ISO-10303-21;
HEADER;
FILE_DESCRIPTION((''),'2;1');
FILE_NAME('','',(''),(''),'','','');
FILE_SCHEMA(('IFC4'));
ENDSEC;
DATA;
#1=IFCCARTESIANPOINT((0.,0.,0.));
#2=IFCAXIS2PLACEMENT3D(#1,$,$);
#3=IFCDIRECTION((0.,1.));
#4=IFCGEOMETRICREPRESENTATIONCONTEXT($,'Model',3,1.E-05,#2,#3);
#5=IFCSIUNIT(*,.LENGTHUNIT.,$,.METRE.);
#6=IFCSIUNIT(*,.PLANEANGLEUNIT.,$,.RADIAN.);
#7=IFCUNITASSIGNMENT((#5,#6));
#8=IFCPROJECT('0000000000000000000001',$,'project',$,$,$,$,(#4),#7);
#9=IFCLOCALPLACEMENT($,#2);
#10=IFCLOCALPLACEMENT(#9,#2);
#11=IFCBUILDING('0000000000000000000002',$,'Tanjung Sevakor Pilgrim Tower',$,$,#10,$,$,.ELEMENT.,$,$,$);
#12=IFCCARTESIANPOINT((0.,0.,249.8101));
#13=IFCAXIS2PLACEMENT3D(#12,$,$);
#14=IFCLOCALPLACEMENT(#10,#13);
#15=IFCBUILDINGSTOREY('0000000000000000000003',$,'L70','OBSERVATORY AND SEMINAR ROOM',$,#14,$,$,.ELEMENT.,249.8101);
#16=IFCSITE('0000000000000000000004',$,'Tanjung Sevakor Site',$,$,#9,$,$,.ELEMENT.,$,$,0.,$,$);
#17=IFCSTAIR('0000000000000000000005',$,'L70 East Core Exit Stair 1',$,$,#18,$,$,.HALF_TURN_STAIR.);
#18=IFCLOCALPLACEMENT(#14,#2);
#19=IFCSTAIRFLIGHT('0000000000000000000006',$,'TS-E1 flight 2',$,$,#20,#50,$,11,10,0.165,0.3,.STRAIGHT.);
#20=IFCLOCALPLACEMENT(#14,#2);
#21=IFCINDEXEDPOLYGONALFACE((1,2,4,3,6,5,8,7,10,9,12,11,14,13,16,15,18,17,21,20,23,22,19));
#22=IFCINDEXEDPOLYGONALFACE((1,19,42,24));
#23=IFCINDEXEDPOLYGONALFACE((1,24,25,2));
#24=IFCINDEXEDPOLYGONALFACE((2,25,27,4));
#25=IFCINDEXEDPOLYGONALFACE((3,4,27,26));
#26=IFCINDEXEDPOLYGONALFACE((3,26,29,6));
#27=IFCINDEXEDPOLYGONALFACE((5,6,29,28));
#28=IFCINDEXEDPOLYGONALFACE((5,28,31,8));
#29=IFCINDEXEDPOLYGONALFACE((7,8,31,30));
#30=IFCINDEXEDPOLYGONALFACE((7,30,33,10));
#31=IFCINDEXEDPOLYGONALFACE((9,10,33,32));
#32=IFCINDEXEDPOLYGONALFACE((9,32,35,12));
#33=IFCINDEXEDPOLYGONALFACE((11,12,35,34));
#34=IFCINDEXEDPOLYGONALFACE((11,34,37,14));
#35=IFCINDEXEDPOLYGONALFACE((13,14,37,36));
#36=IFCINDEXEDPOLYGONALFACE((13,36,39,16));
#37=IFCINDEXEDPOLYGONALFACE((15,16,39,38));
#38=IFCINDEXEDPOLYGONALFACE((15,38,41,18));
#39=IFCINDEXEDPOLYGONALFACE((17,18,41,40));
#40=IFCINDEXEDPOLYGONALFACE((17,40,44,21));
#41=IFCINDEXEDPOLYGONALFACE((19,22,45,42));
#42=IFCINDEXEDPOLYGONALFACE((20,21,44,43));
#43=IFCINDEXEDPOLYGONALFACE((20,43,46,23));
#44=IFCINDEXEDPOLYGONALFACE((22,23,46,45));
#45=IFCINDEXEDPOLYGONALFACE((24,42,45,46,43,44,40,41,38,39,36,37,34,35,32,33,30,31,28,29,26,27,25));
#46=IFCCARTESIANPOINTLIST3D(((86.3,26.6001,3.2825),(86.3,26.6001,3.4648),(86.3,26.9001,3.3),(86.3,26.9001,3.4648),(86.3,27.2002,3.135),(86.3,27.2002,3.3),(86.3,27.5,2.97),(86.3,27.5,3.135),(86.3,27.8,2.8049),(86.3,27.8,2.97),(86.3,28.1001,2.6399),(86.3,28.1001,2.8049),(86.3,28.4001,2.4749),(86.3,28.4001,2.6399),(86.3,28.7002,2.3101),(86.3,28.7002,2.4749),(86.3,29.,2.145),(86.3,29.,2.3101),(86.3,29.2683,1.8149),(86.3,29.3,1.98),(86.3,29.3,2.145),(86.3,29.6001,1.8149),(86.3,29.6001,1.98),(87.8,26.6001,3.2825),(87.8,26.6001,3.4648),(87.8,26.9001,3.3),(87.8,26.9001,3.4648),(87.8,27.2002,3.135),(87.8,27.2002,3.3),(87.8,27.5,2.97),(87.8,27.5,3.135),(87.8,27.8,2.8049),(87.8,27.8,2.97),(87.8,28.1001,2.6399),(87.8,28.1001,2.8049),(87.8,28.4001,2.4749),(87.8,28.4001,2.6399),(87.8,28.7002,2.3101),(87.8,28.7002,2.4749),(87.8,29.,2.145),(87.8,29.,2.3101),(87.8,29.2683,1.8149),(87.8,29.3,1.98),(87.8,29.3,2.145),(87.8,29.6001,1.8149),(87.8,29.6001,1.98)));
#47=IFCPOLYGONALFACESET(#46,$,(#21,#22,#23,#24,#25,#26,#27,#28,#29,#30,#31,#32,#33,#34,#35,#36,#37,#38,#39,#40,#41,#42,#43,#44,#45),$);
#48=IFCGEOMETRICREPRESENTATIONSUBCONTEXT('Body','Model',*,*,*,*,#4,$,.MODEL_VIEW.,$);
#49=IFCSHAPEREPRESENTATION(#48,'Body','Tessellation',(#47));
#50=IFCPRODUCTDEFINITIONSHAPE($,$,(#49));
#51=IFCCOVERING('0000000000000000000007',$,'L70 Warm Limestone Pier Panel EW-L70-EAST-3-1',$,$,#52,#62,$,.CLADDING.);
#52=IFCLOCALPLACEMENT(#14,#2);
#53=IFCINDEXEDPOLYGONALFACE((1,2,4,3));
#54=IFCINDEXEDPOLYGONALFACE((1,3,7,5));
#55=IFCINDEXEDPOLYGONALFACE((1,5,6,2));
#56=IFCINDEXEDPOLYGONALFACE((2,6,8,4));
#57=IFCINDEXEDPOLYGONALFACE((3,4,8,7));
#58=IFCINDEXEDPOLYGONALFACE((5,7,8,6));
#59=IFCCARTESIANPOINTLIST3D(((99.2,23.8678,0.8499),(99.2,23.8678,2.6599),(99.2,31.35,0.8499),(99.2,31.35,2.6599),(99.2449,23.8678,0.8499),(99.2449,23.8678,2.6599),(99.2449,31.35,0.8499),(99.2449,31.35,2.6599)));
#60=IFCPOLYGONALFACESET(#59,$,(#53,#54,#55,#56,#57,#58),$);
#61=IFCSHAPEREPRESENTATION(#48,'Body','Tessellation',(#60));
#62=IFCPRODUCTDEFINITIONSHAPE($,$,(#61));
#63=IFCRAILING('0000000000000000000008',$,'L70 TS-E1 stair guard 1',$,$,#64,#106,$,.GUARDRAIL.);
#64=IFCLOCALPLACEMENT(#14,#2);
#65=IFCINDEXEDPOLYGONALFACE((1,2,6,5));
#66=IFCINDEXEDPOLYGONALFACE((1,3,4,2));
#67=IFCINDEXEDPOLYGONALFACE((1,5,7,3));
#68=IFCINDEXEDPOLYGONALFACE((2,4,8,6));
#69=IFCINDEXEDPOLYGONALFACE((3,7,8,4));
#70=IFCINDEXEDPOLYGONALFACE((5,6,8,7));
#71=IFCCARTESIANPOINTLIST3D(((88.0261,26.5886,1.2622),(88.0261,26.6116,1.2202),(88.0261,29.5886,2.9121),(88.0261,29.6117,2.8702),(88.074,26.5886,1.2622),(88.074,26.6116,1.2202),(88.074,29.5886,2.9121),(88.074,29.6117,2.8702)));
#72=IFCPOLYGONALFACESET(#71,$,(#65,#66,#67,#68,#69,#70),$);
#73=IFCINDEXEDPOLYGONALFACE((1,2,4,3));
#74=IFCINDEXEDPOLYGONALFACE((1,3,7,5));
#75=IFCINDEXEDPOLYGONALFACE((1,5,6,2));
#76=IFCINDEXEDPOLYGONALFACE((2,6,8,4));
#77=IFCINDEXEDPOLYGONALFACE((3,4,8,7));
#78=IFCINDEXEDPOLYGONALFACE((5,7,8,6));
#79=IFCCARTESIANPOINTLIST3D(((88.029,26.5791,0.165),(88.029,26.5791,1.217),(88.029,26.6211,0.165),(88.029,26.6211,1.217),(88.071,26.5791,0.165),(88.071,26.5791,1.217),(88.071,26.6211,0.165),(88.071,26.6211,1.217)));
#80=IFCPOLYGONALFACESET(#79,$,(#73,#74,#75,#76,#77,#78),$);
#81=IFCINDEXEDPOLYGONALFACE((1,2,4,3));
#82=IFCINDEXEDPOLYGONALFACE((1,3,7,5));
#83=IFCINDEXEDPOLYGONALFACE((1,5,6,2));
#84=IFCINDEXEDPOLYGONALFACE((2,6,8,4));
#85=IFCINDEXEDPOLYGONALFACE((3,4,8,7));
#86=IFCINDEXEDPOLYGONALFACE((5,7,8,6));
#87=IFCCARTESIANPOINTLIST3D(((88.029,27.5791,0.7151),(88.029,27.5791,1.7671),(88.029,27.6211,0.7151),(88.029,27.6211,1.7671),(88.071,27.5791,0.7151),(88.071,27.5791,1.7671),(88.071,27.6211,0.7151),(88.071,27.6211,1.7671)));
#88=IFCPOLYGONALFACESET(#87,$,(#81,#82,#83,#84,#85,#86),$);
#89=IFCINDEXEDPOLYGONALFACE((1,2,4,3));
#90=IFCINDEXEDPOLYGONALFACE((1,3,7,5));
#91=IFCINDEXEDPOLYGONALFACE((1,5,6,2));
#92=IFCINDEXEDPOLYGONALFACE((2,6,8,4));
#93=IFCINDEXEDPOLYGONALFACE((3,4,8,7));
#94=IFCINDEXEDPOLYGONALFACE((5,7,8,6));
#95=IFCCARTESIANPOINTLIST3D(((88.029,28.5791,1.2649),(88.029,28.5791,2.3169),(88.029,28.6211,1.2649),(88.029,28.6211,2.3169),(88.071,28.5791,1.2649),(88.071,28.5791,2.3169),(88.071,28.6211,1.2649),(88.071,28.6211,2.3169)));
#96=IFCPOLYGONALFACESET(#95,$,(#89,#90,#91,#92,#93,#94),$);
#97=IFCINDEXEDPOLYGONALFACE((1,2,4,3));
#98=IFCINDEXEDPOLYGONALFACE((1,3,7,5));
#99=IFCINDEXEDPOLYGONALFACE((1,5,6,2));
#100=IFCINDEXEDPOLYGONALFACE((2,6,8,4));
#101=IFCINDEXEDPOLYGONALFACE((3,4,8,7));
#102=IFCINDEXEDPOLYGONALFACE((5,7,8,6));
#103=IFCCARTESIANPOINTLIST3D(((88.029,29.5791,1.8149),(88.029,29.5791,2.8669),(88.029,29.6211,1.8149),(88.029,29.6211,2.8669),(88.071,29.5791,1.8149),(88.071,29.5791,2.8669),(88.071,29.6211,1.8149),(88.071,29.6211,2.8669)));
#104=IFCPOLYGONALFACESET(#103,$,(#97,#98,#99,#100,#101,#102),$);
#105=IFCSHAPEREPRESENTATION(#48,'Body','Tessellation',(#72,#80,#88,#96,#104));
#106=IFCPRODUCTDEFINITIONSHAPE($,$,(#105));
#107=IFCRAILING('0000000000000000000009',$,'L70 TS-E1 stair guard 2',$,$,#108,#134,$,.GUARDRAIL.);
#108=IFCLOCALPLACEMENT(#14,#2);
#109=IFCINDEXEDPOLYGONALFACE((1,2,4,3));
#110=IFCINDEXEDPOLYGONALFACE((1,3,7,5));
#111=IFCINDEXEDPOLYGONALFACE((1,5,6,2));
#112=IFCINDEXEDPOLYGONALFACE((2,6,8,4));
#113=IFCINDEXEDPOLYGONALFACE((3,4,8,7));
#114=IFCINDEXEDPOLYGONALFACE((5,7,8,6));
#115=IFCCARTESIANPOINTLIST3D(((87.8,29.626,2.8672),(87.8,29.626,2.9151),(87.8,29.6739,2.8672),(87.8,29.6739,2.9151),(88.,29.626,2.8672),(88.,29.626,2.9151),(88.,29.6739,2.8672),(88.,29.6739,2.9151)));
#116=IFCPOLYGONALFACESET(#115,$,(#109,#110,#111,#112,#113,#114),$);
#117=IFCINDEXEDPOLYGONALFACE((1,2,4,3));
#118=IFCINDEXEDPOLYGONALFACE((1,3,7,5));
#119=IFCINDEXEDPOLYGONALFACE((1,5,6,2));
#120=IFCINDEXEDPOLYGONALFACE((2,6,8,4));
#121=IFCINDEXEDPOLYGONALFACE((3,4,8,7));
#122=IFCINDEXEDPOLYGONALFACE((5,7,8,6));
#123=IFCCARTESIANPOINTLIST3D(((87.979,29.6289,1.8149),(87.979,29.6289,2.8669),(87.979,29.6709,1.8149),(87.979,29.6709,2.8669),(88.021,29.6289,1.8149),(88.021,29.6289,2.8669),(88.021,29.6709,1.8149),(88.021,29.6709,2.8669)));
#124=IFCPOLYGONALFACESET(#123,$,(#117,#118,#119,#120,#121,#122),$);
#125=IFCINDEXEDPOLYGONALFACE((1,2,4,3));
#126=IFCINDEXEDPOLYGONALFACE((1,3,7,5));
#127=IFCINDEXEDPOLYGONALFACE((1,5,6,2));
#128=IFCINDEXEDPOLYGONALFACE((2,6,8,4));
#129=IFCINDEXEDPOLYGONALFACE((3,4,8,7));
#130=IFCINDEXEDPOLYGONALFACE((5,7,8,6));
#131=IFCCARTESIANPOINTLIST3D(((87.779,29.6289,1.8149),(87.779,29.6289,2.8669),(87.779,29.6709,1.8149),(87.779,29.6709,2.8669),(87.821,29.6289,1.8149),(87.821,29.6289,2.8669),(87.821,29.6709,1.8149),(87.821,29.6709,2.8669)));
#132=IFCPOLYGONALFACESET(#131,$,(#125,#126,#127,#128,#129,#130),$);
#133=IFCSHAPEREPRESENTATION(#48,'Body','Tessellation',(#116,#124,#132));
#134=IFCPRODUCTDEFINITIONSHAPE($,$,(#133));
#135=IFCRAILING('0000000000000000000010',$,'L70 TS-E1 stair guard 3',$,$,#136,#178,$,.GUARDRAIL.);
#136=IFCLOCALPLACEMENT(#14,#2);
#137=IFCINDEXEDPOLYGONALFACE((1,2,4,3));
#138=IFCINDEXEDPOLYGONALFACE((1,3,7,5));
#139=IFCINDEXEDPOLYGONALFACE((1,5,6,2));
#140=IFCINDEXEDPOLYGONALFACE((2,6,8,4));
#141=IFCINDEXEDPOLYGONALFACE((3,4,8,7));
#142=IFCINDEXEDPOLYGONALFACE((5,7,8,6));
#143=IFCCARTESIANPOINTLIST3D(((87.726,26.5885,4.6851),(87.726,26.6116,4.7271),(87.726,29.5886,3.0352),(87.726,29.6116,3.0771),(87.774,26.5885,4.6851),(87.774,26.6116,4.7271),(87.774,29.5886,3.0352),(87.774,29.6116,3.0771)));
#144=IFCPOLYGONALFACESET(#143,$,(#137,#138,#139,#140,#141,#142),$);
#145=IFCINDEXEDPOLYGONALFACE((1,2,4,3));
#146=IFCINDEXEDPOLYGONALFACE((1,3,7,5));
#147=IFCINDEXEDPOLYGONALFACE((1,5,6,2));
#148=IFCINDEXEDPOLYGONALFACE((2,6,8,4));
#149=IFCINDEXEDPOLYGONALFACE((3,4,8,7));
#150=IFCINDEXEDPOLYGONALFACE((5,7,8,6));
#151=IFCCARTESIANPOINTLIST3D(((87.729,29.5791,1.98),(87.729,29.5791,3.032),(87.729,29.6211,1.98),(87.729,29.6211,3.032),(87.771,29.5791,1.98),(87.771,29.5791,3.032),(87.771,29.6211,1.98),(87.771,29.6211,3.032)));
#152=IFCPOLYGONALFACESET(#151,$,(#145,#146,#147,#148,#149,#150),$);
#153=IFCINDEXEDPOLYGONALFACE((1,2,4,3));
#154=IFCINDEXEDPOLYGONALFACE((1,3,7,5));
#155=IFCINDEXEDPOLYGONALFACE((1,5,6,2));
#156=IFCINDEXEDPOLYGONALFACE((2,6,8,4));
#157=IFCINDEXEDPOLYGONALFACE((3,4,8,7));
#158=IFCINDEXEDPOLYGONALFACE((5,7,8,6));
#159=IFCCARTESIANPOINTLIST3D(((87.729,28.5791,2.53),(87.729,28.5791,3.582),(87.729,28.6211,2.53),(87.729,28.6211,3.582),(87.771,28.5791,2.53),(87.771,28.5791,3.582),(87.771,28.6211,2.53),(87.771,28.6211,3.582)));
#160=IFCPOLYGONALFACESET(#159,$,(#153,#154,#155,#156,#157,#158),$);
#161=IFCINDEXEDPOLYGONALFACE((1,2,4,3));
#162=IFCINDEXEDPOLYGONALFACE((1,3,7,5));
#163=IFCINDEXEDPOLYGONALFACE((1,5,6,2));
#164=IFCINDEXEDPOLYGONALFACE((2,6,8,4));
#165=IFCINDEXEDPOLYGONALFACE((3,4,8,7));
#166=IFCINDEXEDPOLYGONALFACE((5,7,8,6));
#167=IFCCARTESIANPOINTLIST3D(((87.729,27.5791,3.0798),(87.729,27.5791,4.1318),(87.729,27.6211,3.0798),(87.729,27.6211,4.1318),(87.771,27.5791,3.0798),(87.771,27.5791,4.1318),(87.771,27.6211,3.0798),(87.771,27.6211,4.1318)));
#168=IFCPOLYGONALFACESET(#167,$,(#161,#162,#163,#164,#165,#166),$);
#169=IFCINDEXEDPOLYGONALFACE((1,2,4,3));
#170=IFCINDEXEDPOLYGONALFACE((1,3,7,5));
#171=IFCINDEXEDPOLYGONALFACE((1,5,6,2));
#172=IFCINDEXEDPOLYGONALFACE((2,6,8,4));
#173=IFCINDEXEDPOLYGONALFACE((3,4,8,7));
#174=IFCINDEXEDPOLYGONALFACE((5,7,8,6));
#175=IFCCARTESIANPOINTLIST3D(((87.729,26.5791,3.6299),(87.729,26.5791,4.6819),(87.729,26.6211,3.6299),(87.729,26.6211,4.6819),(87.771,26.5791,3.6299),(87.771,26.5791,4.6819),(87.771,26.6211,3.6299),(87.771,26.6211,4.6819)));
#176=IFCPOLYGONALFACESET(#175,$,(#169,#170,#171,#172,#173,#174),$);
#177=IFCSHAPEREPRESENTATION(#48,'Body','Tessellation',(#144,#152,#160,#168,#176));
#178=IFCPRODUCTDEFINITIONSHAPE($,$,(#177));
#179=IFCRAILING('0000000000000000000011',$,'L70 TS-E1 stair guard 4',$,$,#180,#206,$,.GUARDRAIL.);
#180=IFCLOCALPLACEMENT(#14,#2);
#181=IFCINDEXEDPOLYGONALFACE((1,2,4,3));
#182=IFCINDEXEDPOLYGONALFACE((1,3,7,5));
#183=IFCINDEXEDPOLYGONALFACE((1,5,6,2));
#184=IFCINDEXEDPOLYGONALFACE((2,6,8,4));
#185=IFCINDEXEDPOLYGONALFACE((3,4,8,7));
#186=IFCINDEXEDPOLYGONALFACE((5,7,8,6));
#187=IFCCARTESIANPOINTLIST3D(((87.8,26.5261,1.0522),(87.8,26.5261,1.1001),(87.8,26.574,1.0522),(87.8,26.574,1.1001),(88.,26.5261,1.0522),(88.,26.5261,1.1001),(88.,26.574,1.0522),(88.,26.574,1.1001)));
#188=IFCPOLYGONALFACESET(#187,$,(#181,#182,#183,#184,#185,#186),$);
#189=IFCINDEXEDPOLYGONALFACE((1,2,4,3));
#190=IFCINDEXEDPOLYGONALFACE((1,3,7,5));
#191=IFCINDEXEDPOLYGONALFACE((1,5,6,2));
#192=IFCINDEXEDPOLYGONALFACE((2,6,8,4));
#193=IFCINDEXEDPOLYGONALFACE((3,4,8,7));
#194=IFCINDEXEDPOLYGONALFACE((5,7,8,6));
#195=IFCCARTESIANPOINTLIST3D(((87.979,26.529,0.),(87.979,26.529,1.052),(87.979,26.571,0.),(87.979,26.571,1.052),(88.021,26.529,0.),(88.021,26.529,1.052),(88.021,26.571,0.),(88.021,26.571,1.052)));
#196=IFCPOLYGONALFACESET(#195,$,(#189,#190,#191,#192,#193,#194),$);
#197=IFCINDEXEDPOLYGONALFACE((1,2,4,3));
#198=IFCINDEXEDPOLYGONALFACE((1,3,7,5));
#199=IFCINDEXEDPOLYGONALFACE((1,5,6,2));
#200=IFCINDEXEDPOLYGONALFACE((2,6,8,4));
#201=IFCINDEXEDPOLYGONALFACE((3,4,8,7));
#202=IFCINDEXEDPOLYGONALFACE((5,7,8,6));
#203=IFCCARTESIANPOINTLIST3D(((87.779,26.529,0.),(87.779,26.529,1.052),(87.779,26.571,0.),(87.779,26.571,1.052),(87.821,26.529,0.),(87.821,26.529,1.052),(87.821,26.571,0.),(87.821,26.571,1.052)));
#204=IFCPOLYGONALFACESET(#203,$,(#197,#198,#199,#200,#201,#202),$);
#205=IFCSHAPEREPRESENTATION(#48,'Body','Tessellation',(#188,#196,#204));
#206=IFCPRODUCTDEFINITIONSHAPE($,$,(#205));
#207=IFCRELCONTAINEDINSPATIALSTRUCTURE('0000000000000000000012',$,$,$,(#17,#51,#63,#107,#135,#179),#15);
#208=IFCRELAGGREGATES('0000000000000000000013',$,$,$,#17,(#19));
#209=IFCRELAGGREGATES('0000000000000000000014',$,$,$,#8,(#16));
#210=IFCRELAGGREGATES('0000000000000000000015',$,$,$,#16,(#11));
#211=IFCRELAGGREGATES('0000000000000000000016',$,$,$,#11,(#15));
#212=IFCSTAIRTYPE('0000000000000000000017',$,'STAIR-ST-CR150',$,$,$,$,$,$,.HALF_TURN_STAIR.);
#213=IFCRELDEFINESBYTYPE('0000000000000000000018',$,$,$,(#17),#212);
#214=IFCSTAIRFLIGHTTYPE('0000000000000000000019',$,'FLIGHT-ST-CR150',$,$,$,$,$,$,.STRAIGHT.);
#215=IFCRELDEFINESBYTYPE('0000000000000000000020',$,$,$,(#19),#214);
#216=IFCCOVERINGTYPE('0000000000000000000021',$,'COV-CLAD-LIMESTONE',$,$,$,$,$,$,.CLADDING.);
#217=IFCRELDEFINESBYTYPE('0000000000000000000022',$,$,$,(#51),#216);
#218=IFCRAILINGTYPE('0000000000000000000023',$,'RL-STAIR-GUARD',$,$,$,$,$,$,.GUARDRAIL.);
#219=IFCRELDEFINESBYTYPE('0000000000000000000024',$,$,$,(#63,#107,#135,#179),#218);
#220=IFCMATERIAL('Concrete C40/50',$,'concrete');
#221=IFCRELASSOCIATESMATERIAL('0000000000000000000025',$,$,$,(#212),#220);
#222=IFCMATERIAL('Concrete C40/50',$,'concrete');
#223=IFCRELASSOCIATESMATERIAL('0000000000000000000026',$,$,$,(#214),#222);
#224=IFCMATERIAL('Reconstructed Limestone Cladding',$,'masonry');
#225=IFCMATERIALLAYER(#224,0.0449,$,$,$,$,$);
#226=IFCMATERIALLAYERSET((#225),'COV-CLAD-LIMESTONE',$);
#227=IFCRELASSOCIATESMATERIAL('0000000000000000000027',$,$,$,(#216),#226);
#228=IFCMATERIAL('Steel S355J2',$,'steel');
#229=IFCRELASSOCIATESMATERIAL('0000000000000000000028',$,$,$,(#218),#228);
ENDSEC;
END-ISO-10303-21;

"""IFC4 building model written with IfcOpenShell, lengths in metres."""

from ifc_helpers import new_model, si_unit, direction, frame, origin, origin_2d, place, context, subcontext, project, spatial, polyline, rectangle, outline, extrude, material, layer, layer_set, type_object, element, aggregate, save


model = new_model("IFC4")

# Units and contexts
model_context = context("Model", 3, precision=1e-05, world=origin(), true_north=direction((0.0, 1.0)))
body_context = subcontext(model_context, "Body", "Model", "MODEL_VIEW")
ifc_project = project(units=[si_unit("LENGTHUNIT", "METRE"), si_unit("PLANEANGLEUNIT", "RADIAN")], contexts=[model_context])

# Site, building, storey
site_placement = place(None, origin())
site = spatial("IfcSite", under=ifc_project, at=site_placement, Name="Tanjung Sevakor Site", CompositionType="ELEMENT", RefElevation=0.0)
building_placement = place(site_placement, origin())
building = spatial("IfcBuilding", under=site, at=building_placement, Name="Tanjung Sevakor Pilgrim Tower", CompositionType="ELEMENT")
storey_placement = place(building_placement, frame((0.0, 0.0, 249.8101)))
storey = spatial("IfcBuildingStorey", under=building, at=storey_placement, Name="L70", Description="OBSERVATORY AND SEMINAR ROOM", CompositionType="ELEMENT", Elevation=249.8101)

# Stair, stair flight
ifc_material_1 = material(Name="Concrete C40/50", Category="concrete")
stair_type = type_object("IfcStairType", Name="STAIR-ST-CR150", PredefinedType="HALF_TURN_STAIR", material=ifc_material_1)
stair_placement = place(storey_placement, origin())
stair = element("IfcStair", 1, at=stair_placement, inside=storey, type_object=stair_type, Name="L70 East Core Exit Stair 1", PredefinedType="HALF_TURN_STAIR")
ifc_material_2 = material(Name="Concrete C40/50", Category="concrete")
stair_flight_type = type_object("IfcStairFlightType", Name="FLIGHT-ST-CR150", PredefinedType="STRAIGHT", material=ifc_material_2)
stair_flight_1_placement = place(storey_placement, frame((87.05, 29.6001, 1.8149), z_axis=(0.0, 0.0, 1.0), x_axis=(0.0, -1.0, 0.0)))
stair_flight_1 = element("IfcStairFlight", 2, at=stair_flight_1_placement, type_object=stair_flight_type, Name="TS-E1 flight 2", NumberOfRisers=11, NumberOfTreads=10, PredefinedType="STRAIGHT", RiserHeight=0.165, TreadLength=0.3, context=body_context, shape_type="SweptSolid", body=[
    extrude(outline(polyline([(0.0, 0.0), (0.0, 0.165), (0.3, 0.165), (0.3, 0.3301), (0.6001, 0.3301), (0.6001, 0.4951), (0.8999, 0.4951), (0.8999, 0.6599), (1.2, 0.6599), (1.2, 0.825), (1.5, 0.825), (1.5, 0.99), (1.8, 0.99), (1.8, 1.155), (2.1001, 1.155), (2.1001, 1.3201), (2.3999, 1.3201), (2.3999, 1.4851), (2.7, 1.4851), (2.7, 1.6499), (3.0, 1.6499), (3.0, 1.8149), (3.0, 1.4675), (0.3318, 0.0), (0.0, 0.0)])), frame((0.0, 0.75, 0.0), z_axis=(0.0, -1.0, 0.0), x_axis=(1.0, 0.0, 0.0)), (0.0, 0.0, 1.0), 1.5),
])
aggregate(stair, [stair_flight_1])

# Covering
ifc_material_3 = material(Name="Reconstructed Limestone Cladding", Category="masonry")
ifc_layer_1 = layer(ifc_material_3, 0.0449)
ifc_layer_set_1 = layer_set([ifc_layer_1], Name="COV-CLAD-LIMESTONE")
covering_type = type_object("IfcCoveringType", Name="COV-CLAD-LIMESTONE", PredefinedType="CLADDING", material=ifc_layer_set_1)
covering_placement = place(storey_placement, frame((99.2224, 27.6089, 0.8499), z_axis=(0.0, 0.0, 1.0), x_axis=(0.0, 1.0, 0.0)))
element("IfcCovering", 3, at=covering_placement, inside=storey, type_object=covering_type, Name="L70 Warm Limestone Pier Panel EW-L70-EAST-3-1", PredefinedType="CLADDING", context=body_context, shape_type="SweptSolid", body=[
    extrude(rectangle(XDim=7.4822, YDim=0.0449, at=origin_2d()), origin(), (0.0, 0.0, 1.0), 1.8101),
])

# Railings
ifc_material_4 = material(Name="Steel S355J2", Category="steel")
railing_type_1 = type_object("IfcRailingType", Name="RL-STAIR-GUARD", PredefinedType="GUARDRAIL", material=ifc_material_4)
railing_1_placement = place(storey_placement, frame((88.05, 26.6001, 0.165)))
element("IfcRailing", 4, at=railing_1_placement, inside=storey, type_object=railing_type_1, Name="L70 TS-E1 stair guard 1", PredefinedType="GUARDRAIL", context=body_context, shape_type="SweptSolid", body=[
    extrude(rectangle(XDim=0.0479, YDim=0.0479), frame((0.0, 0.0, 1.0762), z_axis=(0.0, 0.876228, 0.481897), x_axis=(-1.0, 0.0, 0.0)), (0.0, 0.0, 1.0), 3.4238),
    extrude(rectangle(XDim=0.042, YDim=0.042), origin(), (0.0, 0.0, 1.0), 1.052),
    extrude(rectangle(XDim=0.042, YDim=0.042), frame((0.0, 1.0, 0.55)), (0.0, 0.0, 1.0), 1.052),
    extrude(rectangle(XDim=0.042, YDim=0.042), frame((0.0, 2.0, 1.0999)), (0.0, 0.0, 1.0), 1.052),
    extrude(rectangle(XDim=0.042, YDim=0.042), frame((0.0, 3.0, 1.6499)), (0.0, 0.0, 1.0), 1.052),
])
railing_2_placement = place(storey_placement, frame((88.0, 29.6499, 1.8149)))
element("IfcRailing", 5, at=railing_2_placement, inside=storey, type_object=railing_type_1, Name="L70 TS-E1 stair guard 2", PredefinedType="GUARDRAIL", context=body_context, shape_type="SweptSolid", body=[
    extrude(rectangle(XDim=0.0479, YDim=0.0479), frame((0.0, 0.0, 1.0762), z_axis=(-1.0, 0.0, 0.0), x_axis=(0.0, -1.0, 0.0)), (0.0, 0.0, 1.0), 0.2),
    extrude(rectangle(XDim=0.042, YDim=0.042), origin(), (0.0, 0.0, 1.0), 1.052),
    extrude(rectangle(XDim=0.042, YDim=0.042), frame((-0.2, 0.0, 0.0)), (0.0, 0.0, 1.0), 1.052),
])
railing_3_placement = place(storey_placement, frame((87.75, 29.6001, 1.98)))
element("IfcRailing", 6, at=railing_3_placement, inside=storey, type_object=railing_type_1, Name="L70 TS-E1 stair guard 3", PredefinedType="GUARDRAIL", context=body_context, shape_type="SweptSolid", body=[
    extrude(rectangle(XDim=0.0479, YDim=0.0479), frame((0.0, 0.0, 1.0762), z_axis=(0.0, -0.876228, 0.481897), x_axis=(1.0, 0.0, 0.0)), (0.0, 0.0, 1.0), 3.4238),
    extrude(rectangle(XDim=0.042, YDim=0.042), origin(), (0.0, 0.0, 1.0), 1.052),
    extrude(rectangle(XDim=0.042, YDim=0.042), frame((0.0, -1.0, 0.55)), (0.0, 0.0, 1.0), 1.052),
    extrude(rectangle(XDim=0.042, YDim=0.042), frame((0.0, -2.0, 1.0999)), (0.0, 0.0, 1.0), 1.052),
    extrude(rectangle(XDim=0.042, YDim=0.042), frame((0.0, -3.0, 1.6499)), (0.0, 0.0, 1.0), 1.052),
])
railing_4_placement = place(storey_placement, frame((88.0, 26.55, 0.0)))
element("IfcRailing", 7, at=railing_4_placement, inside=storey, type_object=railing_type_1, Name="L70 TS-E1 stair guard 4", PredefinedType="GUARDRAIL", context=body_context, shape_type="SweptSolid", body=[
    extrude(rectangle(XDim=0.0479, YDim=0.0479), frame((0.0, 0.0, 1.0762), z_axis=(-1.0, 0.0, 0.0), x_axis=(0.0, -1.0, 0.0)), (0.0, 0.0, 1.0), 0.2),
    extrude(rectangle(XDim=0.042, YDim=0.042), origin(), (0.0, 0.0, 1.0), 1.052),
    extrude(rectangle(XDim=0.042, YDim=0.042), frame((-0.2, 0.0, 0.0)), (0.0, 0.0, 1.0), 1.052),
])

save(model, "model.ifc")
